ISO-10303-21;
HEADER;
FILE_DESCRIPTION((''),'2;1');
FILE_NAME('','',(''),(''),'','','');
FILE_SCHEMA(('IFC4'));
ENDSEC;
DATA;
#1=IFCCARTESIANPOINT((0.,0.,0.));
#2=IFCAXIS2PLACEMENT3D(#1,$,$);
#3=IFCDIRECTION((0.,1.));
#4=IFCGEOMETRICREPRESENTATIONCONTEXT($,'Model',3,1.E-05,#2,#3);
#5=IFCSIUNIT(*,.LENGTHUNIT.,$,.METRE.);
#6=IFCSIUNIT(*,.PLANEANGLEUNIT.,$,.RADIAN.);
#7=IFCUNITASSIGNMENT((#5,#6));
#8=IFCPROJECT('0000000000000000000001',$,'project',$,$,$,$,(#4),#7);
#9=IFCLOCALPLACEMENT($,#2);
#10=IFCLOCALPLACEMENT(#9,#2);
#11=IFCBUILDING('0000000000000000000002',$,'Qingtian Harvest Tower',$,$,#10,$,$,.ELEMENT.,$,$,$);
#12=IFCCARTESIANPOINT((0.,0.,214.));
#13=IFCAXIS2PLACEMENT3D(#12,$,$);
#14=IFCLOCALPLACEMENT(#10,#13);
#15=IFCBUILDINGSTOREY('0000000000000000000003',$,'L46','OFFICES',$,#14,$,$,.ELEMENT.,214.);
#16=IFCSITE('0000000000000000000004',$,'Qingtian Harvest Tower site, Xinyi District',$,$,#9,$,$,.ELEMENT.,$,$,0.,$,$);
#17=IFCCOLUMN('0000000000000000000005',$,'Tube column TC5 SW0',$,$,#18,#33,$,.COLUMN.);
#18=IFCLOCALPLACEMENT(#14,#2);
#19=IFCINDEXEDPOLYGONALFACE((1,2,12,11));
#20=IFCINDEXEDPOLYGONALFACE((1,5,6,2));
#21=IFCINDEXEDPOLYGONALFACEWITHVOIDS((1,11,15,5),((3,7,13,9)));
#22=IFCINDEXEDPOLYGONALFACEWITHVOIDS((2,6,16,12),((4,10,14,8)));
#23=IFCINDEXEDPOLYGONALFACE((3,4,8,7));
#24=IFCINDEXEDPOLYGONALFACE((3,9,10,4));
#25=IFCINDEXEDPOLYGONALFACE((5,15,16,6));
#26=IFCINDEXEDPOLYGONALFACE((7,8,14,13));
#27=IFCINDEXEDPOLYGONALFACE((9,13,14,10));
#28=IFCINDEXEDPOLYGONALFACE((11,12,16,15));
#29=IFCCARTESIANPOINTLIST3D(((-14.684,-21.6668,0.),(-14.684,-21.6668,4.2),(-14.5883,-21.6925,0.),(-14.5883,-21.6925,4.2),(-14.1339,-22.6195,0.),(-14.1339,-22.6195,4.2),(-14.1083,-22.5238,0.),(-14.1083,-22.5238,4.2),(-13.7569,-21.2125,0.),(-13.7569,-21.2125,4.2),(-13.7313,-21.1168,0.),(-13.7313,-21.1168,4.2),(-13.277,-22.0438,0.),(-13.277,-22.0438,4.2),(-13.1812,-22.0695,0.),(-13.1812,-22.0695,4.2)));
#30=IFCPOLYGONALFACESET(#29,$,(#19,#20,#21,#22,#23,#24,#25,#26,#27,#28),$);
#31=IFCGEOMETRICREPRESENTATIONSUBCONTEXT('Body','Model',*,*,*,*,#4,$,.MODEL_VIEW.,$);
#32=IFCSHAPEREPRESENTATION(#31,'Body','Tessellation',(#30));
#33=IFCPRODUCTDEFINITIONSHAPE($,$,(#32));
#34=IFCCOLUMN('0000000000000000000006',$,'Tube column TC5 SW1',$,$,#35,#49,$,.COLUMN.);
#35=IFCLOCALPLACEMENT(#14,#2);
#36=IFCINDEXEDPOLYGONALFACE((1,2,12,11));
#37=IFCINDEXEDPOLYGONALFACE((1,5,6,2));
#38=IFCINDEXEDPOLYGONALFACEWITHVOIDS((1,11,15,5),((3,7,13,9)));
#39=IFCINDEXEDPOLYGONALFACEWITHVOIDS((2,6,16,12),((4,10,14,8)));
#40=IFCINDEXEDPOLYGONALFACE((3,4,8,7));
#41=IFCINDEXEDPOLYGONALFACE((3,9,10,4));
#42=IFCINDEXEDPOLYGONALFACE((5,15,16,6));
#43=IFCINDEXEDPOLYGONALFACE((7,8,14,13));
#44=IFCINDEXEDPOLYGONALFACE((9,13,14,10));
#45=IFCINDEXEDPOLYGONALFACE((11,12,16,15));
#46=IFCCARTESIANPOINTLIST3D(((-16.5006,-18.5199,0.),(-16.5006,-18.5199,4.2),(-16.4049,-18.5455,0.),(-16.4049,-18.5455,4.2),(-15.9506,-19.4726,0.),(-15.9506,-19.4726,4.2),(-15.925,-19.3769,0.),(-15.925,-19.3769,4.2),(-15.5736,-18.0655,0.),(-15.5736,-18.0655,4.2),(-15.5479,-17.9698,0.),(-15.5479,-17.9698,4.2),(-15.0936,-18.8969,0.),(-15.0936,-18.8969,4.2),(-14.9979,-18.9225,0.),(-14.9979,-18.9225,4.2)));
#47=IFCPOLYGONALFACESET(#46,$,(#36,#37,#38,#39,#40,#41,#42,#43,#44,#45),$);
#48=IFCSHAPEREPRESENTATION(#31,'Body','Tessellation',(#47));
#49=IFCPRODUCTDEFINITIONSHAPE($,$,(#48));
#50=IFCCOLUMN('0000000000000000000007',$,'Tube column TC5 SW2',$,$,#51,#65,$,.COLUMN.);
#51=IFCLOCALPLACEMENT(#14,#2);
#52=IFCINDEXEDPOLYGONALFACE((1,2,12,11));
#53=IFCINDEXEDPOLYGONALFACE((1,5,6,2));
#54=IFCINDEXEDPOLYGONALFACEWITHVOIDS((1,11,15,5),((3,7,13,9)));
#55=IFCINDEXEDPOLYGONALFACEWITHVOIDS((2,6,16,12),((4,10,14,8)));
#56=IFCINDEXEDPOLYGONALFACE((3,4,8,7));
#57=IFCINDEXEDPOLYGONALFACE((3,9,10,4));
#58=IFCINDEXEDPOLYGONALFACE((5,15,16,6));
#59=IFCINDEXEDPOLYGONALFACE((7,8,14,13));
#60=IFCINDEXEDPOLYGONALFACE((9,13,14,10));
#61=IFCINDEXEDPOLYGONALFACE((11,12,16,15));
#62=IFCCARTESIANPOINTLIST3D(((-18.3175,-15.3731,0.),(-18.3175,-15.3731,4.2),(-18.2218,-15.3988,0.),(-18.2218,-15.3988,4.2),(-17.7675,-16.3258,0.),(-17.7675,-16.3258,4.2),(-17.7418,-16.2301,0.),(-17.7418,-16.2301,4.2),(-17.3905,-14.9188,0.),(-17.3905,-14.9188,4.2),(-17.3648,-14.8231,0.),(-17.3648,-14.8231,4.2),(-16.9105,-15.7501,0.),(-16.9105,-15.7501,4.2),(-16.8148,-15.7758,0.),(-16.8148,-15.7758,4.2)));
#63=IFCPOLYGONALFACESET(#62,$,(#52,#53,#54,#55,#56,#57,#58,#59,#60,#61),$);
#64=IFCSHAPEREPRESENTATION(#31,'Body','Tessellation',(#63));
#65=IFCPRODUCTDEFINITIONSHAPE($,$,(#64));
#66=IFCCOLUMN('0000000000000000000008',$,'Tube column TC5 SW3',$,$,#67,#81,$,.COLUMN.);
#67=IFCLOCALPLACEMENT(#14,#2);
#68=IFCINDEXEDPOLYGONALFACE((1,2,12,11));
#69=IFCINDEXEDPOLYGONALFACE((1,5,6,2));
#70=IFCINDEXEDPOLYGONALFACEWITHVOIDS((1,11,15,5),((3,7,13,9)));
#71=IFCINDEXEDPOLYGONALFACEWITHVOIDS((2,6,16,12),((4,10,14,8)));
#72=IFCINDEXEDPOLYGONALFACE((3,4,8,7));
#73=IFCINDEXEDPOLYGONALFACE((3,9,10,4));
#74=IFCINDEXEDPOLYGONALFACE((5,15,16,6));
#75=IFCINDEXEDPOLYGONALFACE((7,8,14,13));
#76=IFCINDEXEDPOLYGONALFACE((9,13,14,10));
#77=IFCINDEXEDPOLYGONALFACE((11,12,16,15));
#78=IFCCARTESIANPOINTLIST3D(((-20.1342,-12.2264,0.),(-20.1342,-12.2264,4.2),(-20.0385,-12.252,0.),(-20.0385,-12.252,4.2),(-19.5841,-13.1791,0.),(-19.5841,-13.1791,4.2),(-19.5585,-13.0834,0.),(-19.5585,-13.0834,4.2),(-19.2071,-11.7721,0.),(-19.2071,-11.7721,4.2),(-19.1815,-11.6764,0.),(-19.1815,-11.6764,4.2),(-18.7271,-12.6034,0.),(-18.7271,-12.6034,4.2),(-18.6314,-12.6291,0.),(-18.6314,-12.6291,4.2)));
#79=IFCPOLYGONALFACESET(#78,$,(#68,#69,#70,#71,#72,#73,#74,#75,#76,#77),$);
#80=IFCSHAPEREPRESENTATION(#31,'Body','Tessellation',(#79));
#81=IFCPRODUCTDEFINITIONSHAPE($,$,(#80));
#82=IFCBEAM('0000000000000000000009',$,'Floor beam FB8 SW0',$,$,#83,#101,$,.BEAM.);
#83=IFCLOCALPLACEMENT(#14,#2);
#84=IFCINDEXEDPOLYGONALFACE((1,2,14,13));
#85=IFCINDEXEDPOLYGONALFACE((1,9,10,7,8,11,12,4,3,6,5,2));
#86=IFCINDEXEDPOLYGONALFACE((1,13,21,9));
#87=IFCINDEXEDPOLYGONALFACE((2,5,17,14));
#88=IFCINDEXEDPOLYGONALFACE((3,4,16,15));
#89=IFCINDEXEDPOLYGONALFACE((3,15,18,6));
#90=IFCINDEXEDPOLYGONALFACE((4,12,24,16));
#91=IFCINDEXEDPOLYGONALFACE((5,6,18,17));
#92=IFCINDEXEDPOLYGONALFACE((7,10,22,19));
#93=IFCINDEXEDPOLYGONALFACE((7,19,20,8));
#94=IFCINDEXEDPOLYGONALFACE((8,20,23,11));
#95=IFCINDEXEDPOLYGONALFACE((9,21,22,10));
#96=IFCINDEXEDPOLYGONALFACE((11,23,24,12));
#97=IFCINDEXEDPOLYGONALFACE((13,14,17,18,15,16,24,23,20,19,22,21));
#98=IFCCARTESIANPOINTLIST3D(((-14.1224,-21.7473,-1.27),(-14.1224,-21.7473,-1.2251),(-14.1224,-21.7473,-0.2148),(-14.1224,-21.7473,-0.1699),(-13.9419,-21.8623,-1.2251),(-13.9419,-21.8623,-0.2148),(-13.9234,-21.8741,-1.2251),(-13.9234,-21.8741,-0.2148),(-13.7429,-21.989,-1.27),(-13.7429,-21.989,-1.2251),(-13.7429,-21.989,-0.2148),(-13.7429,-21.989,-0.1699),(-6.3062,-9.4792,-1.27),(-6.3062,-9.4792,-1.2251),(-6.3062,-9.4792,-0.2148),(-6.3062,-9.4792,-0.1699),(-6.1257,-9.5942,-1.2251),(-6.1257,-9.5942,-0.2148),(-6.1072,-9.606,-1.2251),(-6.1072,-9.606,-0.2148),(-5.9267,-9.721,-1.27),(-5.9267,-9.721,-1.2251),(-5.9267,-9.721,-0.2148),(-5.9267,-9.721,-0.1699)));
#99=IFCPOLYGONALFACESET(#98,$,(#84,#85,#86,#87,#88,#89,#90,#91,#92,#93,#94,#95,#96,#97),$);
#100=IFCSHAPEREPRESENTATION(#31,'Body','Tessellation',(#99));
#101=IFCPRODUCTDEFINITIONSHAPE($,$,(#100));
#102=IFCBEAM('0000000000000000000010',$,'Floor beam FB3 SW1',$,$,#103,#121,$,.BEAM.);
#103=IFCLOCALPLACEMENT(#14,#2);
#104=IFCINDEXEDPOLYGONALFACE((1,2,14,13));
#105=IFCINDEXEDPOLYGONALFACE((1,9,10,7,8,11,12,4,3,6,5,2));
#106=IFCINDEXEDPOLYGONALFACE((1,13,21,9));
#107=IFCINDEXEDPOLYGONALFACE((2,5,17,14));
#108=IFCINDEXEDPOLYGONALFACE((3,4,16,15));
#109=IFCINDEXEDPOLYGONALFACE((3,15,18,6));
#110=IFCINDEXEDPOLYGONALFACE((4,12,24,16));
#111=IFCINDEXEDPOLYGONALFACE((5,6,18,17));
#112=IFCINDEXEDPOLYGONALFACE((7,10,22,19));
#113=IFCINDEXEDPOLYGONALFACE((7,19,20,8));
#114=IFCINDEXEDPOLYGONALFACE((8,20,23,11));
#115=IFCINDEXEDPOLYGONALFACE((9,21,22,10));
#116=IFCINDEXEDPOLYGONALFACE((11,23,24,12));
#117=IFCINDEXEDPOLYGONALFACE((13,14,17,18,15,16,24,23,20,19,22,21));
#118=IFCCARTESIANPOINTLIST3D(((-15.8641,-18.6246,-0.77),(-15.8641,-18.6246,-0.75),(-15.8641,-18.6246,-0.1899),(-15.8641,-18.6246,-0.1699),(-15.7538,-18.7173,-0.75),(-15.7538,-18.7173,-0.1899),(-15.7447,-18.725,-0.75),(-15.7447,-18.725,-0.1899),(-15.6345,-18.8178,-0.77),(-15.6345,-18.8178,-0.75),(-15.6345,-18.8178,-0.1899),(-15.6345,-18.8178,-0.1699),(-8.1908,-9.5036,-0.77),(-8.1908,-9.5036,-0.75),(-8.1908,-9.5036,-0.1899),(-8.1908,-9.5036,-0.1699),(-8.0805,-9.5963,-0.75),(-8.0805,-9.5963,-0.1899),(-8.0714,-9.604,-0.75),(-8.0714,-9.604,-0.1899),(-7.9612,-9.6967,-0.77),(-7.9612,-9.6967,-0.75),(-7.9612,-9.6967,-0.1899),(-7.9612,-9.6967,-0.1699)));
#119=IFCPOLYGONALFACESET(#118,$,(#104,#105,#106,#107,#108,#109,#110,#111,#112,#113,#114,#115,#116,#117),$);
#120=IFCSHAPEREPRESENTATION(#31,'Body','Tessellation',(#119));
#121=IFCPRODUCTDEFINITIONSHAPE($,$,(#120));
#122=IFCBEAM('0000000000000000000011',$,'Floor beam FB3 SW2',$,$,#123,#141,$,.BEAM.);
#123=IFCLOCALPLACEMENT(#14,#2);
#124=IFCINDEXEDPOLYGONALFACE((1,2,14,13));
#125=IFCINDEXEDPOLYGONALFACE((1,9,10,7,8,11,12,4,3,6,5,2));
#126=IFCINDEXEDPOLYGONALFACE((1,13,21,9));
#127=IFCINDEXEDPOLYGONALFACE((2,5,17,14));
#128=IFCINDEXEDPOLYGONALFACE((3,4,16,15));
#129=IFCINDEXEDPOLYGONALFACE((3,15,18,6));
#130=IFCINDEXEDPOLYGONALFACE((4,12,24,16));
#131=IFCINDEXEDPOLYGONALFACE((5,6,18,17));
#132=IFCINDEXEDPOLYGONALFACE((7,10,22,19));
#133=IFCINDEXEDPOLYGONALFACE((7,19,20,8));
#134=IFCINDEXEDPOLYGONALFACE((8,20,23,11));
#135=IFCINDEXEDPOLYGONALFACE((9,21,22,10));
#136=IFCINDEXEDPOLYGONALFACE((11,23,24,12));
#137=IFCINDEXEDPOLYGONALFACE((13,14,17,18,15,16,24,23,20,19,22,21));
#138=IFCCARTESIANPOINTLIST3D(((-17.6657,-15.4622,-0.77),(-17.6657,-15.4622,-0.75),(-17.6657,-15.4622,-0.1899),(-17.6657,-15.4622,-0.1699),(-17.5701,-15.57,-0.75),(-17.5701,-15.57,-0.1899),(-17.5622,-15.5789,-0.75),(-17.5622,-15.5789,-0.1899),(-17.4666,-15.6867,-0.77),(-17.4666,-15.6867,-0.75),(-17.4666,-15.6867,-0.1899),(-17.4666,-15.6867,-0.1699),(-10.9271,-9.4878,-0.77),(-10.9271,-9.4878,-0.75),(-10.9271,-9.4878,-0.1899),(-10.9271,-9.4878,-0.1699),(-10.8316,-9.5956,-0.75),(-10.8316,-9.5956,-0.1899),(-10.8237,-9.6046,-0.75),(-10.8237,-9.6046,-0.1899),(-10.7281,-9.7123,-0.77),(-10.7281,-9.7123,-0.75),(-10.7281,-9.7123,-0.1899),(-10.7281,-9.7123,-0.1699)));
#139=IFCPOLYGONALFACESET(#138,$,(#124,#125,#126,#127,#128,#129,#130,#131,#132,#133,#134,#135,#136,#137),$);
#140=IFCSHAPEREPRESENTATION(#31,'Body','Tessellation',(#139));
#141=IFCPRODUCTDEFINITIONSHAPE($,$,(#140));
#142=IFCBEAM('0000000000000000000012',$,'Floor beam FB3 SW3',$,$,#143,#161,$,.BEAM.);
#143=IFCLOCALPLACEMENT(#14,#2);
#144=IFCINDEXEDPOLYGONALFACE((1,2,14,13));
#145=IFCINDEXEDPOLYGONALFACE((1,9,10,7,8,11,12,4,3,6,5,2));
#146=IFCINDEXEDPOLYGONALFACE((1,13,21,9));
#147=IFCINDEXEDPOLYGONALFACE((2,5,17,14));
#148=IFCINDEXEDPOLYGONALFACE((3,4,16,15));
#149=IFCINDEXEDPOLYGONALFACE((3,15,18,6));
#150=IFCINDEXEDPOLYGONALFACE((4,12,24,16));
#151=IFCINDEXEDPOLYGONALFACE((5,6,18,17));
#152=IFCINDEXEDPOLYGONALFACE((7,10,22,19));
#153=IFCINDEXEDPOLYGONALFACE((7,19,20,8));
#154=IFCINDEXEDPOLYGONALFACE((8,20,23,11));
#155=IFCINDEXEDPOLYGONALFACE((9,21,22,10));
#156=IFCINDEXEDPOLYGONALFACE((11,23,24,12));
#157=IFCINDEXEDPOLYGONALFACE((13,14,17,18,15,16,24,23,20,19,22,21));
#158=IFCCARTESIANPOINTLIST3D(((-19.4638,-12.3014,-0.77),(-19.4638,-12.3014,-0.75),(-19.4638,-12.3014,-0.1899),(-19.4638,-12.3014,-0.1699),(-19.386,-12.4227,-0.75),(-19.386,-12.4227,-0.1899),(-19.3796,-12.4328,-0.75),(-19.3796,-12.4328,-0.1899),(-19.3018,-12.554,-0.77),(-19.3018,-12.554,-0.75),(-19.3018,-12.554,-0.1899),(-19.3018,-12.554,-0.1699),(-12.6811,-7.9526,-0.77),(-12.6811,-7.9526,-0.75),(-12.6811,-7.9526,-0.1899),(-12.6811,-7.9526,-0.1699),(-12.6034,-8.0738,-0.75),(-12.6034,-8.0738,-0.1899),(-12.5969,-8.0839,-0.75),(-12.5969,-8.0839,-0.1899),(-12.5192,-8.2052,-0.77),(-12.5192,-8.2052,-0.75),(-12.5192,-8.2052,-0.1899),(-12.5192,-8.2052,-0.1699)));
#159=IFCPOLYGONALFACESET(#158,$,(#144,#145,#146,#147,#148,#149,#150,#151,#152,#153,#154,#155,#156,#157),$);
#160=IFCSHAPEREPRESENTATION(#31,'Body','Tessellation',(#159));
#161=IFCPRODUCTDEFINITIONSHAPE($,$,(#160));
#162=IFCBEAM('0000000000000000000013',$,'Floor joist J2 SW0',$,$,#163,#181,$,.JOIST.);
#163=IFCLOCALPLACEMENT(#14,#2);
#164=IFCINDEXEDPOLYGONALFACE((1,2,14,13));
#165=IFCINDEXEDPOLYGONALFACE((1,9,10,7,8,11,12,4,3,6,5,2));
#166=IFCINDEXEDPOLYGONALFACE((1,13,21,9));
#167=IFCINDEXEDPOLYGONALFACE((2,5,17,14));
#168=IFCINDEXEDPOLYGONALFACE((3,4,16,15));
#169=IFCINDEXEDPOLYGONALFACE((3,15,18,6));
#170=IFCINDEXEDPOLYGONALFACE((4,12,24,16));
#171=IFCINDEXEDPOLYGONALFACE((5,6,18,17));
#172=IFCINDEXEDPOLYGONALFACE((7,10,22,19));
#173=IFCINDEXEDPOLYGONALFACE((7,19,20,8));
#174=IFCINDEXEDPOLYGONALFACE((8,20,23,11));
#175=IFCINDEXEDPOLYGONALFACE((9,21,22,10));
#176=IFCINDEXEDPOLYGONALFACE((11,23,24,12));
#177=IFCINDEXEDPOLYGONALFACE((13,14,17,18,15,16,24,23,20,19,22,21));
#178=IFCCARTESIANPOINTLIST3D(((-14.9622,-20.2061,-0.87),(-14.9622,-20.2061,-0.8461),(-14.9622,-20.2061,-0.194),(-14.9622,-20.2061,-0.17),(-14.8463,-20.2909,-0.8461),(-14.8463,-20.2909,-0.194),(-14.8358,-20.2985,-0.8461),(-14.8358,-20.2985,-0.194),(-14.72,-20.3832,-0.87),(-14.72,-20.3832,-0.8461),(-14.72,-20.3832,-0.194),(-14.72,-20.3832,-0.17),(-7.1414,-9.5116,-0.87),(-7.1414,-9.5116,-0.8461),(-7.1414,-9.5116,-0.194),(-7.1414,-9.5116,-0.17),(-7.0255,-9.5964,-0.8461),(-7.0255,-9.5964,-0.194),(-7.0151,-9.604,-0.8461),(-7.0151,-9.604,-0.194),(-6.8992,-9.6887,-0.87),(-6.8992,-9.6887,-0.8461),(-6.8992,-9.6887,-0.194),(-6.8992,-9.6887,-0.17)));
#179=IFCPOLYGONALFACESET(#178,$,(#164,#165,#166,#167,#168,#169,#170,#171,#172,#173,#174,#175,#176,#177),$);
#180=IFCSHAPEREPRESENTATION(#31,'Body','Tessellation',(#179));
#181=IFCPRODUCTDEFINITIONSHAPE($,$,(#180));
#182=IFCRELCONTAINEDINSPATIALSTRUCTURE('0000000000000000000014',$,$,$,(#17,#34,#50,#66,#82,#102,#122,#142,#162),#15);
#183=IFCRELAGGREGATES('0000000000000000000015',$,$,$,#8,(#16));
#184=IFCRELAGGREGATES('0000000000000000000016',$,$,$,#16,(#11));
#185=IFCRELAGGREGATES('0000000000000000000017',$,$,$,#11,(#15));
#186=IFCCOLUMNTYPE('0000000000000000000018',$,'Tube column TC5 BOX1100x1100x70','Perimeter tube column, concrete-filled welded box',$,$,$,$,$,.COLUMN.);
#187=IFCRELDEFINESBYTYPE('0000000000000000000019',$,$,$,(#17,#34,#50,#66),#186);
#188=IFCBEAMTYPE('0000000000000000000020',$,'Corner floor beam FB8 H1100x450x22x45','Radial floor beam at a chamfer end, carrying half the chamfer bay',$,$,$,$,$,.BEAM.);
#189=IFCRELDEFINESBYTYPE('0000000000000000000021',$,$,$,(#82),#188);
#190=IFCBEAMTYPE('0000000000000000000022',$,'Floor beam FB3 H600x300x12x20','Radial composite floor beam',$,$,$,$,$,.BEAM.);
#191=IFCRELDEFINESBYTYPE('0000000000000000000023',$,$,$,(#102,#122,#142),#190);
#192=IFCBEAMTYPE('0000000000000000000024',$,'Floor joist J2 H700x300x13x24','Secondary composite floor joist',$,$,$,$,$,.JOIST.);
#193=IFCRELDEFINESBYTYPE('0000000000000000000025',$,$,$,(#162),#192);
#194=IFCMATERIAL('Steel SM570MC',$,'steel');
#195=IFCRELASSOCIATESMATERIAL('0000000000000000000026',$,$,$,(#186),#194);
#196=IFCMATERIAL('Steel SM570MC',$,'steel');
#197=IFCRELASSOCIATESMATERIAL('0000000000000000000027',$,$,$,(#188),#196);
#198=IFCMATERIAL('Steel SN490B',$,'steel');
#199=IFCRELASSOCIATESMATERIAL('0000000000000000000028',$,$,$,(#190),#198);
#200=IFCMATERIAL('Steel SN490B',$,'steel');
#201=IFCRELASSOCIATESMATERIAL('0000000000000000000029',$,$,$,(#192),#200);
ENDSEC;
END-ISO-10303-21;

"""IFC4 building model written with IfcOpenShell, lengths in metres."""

from ifc_helpers import new_model, si_unit, direction, frame, origin, origin_2d, place, context, subcontext, project, spatial, hollow_rectangle, i_section, extrude, material, material_profile, profile_set, type_object, element, save


model = new_model("IFC4")

# Units and contexts
model_context = context("Model", 3, precision=1e-05, world=origin(), true_north=direction((0.0, 1.0)))
body_context = subcontext(model_context, "Body", "Model", "MODEL_VIEW")
ifc_project = project(units=[si_unit("LENGTHUNIT", "METRE"), si_unit("PLANEANGLEUNIT", "RADIAN")], contexts=[model_context])

# Site, building, storey
site_placement = place(None, origin())
site = spatial("IfcSite", under=ifc_project, at=site_placement, Name="Qingtian Harvest Tower site, Xinyi District", CompositionType="ELEMENT", RefElevation=0.0)
building_placement = place(site_placement, origin())
building = spatial("IfcBuilding", under=site, at=building_placement, Name="Qingtian Harvest Tower", CompositionType="ELEMENT")
storey_placement = place(building_placement, frame((0.0, 0.0, 214.0)))
storey = spatial("IfcBuildingStorey", under=building, at=storey_placement, Name="L46", Description="OFFICES", CompositionType="ELEMENT", Elevation=214.0)

# Columns
ifc_material_1 = material(Name="Steel SM570MC", Category="steel")
ifc_material_profile_1 = material_profile(ifc_material_1, hollow_rectangle(XDim=1.1001, YDim=1.1001, WallThickness=0.0701, at=origin_2d()), Name="BOX1100x1100x70")
ifc_profile_set_1 = profile_set([ifc_material_profile_1], Name="Steel SM570MC")
column_type = type_object("IfcColumnType", Name="Tube column TC5 BOX1100x1100x70", Description="Perimeter tube column, concrete-filled welded box", PredefinedType="COLUMN", material=ifc_profile_set_1)
for number, where, z_axis, x_axis, name in (
    (1, (-13.9326, -21.8682, 0.0), (0.0, 0.0, 1.0), (0.5, -0.866025, 0.0), "Tube column TC5 SW0"),
    (2, (-15.7493, -18.7212, 0.0), (0.0, 0.0, 1.0), (0.5, -0.866025, 0.0), "Tube column TC5 SW1"),
    (3, (-17.5662, -15.5745, 0.0), (0.0, 0.0, 1.0), (0.5, -0.866025, 0.0), "Tube column TC5 SW2"),
    (4, (-19.3828, -12.4277, 0.0), (0.0, 0.0, 1.0), (0.5, -0.866025, 0.0), "Tube column TC5 SW3"),
):
    element("IfcColumn", number, at=place(storey_placement, frame(where, z_axis=z_axis, x_axis=x_axis)), inside=storey, type_object=column_type, Name=name, PredefinedType="COLUMN", context=body_context, shape_type="SweptSolid", body=[
        extrude(hollow_rectangle(XDim=1.1001, YDim=1.1001, WallThickness=0.0701, at=origin_2d()), origin(), (0.0, 0.0, 1.0), 4.2),
    ])

# Beams
ifc_material_2 = material(Name="Steel SM570MC", Category="steel")
ifc_material_profile_2 = material_profile(ifc_material_2, i_section(OverallWidth=0.45, OverallDepth=1.1001, WebThickness=0.022, FlangeThickness=0.0449, at=origin_2d()), Name="H1100x450x22x45")
ifc_profile_set_2 = profile_set([ifc_material_profile_2], Name="Steel SM570MC")
beam_type_1 = type_object("IfcBeamType", Name="Corner floor beam FB8 H1100x450x22x45", Description="Radial floor beam at a chamfer end, carrying half the chamfer bay", PredefinedType="BEAM", material=ifc_profile_set_2)
beam_1_placement = place(storey_placement, frame((-13.9326, -21.8682, -0.72), z_axis=(0.537326, 0.843375, 0.0), x_axis=(-0.843375, 0.537326, 0.0)))
element("IfcBeam", 5, at=beam_1_placement, inside=storey, type_object=beam_type_1, Name="Floor beam FB8 SW0", PredefinedType="BEAM", context=body_context, shape_type="SweptSolid", body=[
    extrude(i_section(OverallWidth=0.45, OverallDepth=1.1001, WebThickness=0.022, FlangeThickness=0.0449, at=origin_2d()), origin(), (0.0, 0.0, 1.0), 14.5464),
])
ifc_material_3 = material(Name="Steel SN490B", Category="steel")
ifc_material_profile_3 = material_profile(ifc_material_3, i_section(OverallWidth=0.3, OverallDepth=0.6001, WebThickness=0.012, FlangeThickness=0.02, at=origin_2d()), Name="H600x300x12x20")
ifc_profile_set_3 = profile_set([ifc_material_profile_3], Name="Steel SN490B")
beam_type_2 = type_object("IfcBeamType", Name="Floor beam FB3 H600x300x12x20", Description="Radial composite floor beam", PredefinedType="BEAM", material=ifc_profile_set_3)
beam_2_placement = place(storey_placement, frame((-15.7493, -18.7212, -0.47), z_axis=(0.643764, 0.765224, 0.0), x_axis=(-0.765224, 0.643764, 0.0)))
element("IfcBeam", 6, at=beam_2_placement, inside=storey, type_object=beam_type_2, Name="Floor beam FB3 SW1", PredefinedType="BEAM", context=body_context, shape_type="SweptSolid", body=[
    extrude(i_section(OverallWidth=0.3, OverallDepth=0.6001, WebThickness=0.012, FlangeThickness=0.02, at=origin_2d()), origin(), (0.0, 0.0, 1.0), 11.9194),
])
beam_3_placement = place(storey_placement, frame((-17.5662, -15.5745, -0.47), z_axis=(0.74826, 0.663406, 0.0), x_axis=(-0.663406, 0.74826, 0.0)))
element("IfcBeam", 7, at=beam_3_placement, inside=storey, type_object=beam_type_2, Name="Floor beam FB3 SW2", PredefinedType="BEAM", context=body_context, shape_type="SweptSolid", body=[
    extrude(i_section(OverallWidth=0.3, OverallDepth=0.6001, WebThickness=0.012, FlangeThickness=0.02, at=origin_2d()), origin(), (0.0, 0.0, 1.0), 9.0056),
])
beam_4_placement = place(storey_placement, frame((-19.3828, -12.4277, -0.47), z_axis=(0.841824, 0.539753, 0.0), x_axis=(-0.539753, 0.841824, 0.0)))
element("IfcBeam", 8, at=beam_4_placement, inside=storey, type_object=beam_type_2, Name="Floor beam FB3 SW3", PredefinedType="BEAM", context=body_context, shape_type="SweptSolid", body=[
    extrude(i_section(OverallWidth=0.3, OverallDepth=0.6001, WebThickness=0.012, FlangeThickness=0.02, at=origin_2d()), origin(), (0.0, 0.0, 1.0), 8.0571),
])
ifc_material_4 = material(Name="Steel SN490B", Category="steel")
ifc_material_profile_4 = material_profile(ifc_material_4, i_section(OverallWidth=0.3, OverallDepth=0.7, WebThickness=0.0129, FlangeThickness=0.0239, at=origin_2d()), Name="H700x300x13x24")
ifc_profile_set_4 = profile_set([ifc_material_profile_4], Name="Steel SN490B")
beam_type_3 = type_object("IfcBeamType", Name="Floor joist J2 H700x300x13x24", Description="Secondary composite floor joist", PredefinedType="JOIST", material=ifc_profile_set_4)
beam_5_placement = place(storey_placement, frame((-14.8411, -20.2947, -0.52), z_axis=(0.590289, 0.807192, 0.0), x_axis=(-0.807192, 0.590289, 0.0)))
element("IfcBeam", 9, at=beam_5_placement, inside=storey, type_object=beam_type_3, Name="Floor joist J2 SW0", PredefinedType="JOIST", context=body_context, shape_type="SweptSolid", body=[
    extrude(i_section(OverallWidth=0.3, OverallDepth=0.7, WebThickness=0.0129, FlangeThickness=0.0239, at=origin_2d()), origin(), (0.0, 0.0, 1.0), 13.249),
])

save(model, "model.ifc")
